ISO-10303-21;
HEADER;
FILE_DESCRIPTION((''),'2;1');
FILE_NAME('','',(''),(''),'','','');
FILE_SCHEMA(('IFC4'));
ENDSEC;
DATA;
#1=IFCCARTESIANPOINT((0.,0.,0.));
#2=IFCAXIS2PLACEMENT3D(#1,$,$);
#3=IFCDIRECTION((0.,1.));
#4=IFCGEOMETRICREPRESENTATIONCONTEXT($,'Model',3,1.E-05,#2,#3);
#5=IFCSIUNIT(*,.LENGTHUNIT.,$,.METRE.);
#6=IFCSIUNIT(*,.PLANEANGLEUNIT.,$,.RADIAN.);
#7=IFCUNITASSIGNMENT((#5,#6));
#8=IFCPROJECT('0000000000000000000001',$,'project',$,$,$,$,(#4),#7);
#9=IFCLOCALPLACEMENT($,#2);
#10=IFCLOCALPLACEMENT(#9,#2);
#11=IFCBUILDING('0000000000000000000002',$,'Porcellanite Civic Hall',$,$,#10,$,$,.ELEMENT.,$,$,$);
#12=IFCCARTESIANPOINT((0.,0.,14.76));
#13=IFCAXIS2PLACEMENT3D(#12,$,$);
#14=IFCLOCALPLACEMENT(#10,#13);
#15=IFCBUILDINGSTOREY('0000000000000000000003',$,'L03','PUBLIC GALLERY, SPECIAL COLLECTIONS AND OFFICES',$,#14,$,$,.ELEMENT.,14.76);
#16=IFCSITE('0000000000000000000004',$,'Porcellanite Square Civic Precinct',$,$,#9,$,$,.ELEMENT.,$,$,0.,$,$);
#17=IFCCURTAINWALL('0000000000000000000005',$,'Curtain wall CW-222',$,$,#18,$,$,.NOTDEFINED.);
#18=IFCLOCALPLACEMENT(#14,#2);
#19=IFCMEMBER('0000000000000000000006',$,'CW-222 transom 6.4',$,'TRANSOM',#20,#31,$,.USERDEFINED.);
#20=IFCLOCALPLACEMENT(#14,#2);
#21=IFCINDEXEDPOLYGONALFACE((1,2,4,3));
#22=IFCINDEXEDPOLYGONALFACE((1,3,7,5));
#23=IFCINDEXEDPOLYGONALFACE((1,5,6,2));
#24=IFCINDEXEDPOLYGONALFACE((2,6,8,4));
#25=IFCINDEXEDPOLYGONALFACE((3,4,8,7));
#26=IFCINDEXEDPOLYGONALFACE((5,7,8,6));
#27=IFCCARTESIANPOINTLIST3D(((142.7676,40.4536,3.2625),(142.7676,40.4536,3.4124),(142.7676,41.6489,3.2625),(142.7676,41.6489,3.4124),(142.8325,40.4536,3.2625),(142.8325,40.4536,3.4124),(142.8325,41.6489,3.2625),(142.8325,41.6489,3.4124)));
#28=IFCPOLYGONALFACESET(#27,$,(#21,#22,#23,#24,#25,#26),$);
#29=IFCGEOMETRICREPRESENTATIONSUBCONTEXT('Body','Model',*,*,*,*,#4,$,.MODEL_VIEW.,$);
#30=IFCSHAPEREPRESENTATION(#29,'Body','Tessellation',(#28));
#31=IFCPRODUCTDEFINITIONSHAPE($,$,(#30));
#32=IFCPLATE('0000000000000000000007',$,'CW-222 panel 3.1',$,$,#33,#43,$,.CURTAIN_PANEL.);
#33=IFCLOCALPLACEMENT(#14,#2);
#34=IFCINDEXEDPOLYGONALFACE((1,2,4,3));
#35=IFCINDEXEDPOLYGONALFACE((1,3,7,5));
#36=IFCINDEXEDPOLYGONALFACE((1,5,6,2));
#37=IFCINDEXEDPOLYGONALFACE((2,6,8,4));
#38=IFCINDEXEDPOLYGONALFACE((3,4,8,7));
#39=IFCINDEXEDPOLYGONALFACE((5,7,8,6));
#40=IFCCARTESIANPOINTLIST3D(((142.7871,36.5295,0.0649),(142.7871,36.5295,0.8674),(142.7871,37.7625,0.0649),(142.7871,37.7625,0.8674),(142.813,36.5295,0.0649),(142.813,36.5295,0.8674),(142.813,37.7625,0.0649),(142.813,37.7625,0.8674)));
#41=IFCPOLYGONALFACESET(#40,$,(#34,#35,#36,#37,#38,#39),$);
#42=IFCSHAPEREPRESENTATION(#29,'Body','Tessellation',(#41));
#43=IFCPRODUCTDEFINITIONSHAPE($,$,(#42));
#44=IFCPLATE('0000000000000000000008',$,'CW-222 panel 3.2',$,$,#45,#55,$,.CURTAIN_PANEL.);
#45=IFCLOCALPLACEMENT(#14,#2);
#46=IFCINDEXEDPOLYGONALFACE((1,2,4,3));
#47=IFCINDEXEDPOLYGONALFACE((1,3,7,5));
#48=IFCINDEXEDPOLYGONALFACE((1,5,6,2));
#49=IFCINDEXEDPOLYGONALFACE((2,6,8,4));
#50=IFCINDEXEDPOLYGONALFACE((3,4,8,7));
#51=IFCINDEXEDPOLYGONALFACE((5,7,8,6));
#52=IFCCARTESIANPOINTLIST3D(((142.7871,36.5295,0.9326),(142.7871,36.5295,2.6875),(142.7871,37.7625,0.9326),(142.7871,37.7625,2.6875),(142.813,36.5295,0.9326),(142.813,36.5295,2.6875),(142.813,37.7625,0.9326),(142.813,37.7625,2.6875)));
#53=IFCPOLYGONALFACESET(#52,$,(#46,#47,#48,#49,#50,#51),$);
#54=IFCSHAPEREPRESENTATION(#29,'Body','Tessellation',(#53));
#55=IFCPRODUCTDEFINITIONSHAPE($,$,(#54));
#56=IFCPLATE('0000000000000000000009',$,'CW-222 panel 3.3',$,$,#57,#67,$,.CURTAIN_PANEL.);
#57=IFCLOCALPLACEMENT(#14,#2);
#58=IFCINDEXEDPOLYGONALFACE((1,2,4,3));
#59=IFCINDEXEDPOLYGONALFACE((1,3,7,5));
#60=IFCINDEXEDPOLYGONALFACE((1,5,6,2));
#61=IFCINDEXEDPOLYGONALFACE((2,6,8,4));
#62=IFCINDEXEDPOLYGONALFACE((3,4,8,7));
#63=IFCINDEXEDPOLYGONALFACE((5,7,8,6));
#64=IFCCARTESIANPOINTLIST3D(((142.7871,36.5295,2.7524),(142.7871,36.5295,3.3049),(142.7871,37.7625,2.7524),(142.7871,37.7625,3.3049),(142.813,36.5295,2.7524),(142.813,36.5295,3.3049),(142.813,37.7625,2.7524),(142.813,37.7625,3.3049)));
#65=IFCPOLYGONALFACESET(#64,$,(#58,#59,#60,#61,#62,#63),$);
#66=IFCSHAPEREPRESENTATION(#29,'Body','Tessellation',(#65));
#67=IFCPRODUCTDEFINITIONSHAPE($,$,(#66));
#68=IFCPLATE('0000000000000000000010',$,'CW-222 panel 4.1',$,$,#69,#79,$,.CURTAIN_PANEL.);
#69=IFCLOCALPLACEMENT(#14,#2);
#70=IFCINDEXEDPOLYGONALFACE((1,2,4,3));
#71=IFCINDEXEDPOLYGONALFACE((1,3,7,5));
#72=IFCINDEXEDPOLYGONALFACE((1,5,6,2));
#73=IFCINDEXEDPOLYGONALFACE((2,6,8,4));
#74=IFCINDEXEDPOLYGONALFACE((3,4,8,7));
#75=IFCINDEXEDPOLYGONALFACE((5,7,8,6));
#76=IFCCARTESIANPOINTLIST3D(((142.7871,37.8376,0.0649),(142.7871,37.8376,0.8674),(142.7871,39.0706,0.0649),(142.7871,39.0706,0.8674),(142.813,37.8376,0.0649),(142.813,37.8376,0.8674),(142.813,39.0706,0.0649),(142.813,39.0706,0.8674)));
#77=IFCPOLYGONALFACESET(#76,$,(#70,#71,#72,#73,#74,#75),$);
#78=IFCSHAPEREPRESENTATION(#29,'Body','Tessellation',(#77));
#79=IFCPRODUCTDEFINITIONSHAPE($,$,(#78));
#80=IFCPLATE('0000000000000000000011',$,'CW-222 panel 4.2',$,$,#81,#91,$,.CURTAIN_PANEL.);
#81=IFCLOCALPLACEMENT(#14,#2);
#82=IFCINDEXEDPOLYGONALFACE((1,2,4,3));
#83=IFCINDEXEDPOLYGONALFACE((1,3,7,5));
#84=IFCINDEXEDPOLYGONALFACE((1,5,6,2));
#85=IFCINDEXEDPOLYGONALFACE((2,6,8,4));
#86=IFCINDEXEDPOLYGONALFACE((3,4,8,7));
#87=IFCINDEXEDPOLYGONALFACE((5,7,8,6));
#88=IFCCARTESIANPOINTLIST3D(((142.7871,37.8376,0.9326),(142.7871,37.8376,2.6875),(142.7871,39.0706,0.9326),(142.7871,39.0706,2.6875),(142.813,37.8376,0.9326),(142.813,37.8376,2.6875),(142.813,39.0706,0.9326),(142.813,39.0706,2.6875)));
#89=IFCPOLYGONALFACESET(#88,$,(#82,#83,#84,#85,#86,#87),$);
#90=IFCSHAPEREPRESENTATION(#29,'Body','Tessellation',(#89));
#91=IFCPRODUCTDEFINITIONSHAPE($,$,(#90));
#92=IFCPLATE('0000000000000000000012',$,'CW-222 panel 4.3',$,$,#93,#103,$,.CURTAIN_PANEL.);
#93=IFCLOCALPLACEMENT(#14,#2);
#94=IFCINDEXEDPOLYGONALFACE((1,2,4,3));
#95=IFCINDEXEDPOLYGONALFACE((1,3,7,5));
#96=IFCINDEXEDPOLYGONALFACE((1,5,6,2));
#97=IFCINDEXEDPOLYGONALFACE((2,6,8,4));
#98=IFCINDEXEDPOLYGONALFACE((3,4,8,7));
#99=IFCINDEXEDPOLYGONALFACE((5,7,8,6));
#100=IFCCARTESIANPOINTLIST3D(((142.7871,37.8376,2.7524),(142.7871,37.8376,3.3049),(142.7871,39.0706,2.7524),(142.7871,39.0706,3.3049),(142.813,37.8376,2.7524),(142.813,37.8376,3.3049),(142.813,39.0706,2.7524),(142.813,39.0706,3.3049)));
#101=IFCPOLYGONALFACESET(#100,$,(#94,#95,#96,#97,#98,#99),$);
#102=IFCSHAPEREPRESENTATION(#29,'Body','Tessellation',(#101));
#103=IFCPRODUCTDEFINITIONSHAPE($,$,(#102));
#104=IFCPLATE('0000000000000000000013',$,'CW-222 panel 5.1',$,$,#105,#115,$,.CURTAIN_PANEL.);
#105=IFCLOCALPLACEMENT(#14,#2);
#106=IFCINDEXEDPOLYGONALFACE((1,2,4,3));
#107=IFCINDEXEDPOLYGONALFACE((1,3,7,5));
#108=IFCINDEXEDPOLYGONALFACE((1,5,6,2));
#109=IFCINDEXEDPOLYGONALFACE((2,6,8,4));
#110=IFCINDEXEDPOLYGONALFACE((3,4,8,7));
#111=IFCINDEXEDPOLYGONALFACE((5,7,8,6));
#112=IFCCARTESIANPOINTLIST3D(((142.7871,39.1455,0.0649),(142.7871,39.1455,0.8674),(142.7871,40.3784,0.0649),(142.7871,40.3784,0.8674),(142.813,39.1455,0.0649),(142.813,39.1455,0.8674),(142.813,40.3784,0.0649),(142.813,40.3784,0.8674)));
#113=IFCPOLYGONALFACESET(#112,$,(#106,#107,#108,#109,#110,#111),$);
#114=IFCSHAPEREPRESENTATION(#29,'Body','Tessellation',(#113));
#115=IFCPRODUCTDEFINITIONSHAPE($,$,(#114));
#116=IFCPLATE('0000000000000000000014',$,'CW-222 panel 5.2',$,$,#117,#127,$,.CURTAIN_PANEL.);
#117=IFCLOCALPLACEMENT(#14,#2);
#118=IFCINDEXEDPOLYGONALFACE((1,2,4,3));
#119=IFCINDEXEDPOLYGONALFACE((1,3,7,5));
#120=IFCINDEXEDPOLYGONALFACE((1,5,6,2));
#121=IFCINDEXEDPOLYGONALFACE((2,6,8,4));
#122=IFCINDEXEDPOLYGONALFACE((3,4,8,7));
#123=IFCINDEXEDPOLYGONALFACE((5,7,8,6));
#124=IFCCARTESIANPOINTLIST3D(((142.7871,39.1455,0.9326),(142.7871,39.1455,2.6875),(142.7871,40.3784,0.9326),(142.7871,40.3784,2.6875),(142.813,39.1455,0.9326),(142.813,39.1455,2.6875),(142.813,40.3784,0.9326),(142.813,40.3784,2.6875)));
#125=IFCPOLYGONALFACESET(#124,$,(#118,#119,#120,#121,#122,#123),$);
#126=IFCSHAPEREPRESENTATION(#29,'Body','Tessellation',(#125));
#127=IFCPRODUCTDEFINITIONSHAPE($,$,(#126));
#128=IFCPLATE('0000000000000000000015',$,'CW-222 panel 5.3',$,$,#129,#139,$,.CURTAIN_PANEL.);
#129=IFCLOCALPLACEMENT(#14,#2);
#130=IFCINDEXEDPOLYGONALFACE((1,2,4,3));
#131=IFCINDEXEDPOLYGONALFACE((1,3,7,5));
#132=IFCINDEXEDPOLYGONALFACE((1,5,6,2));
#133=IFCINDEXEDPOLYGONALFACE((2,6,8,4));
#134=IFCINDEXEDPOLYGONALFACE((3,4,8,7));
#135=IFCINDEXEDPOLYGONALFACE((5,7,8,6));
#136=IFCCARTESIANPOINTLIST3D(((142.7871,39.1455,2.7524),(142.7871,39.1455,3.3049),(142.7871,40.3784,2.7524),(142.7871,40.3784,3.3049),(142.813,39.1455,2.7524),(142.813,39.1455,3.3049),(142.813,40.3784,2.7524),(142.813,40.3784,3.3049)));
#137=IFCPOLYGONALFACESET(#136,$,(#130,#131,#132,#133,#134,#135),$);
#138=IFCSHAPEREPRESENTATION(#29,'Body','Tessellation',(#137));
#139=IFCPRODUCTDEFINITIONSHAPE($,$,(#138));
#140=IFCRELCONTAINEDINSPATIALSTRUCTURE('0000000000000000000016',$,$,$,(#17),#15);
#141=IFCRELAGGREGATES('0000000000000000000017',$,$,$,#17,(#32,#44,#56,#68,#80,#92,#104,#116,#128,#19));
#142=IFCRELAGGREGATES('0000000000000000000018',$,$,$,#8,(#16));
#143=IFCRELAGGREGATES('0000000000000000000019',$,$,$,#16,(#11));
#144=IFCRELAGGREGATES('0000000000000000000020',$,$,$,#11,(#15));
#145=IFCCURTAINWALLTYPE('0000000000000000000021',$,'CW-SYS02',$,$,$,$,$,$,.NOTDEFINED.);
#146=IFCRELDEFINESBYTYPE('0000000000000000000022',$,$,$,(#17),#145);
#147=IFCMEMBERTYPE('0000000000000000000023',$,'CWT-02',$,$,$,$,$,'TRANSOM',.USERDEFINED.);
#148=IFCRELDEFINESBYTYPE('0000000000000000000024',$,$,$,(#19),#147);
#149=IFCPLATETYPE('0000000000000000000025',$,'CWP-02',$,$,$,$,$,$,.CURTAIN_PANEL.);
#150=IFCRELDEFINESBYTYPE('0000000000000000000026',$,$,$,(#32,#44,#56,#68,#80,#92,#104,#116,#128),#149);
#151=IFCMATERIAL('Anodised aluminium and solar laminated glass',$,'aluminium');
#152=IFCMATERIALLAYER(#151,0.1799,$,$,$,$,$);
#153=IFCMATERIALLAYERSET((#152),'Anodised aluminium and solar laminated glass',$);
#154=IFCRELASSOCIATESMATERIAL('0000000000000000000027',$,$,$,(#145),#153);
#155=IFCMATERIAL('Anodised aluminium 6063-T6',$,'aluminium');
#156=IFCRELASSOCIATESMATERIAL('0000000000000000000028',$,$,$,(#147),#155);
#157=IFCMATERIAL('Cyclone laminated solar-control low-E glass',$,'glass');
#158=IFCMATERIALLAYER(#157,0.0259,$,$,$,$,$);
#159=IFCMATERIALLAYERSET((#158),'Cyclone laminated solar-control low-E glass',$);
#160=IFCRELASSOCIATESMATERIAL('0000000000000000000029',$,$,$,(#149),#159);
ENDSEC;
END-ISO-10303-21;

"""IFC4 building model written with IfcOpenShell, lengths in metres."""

from ifc_helpers import new_model, si_unit, direction, frame, origin, origin_2d, place, context, subcontext, project, spatial, rectangle, extrude, material, layer, layer_set, material_profile, profile_set, type_object, element, aggregate, save


model = new_model("IFC4")

# Units and contexts
model_context = context("Model", 3, precision=1e-05, world=origin(), true_north=direction((0.0, 1.0)))
body_context = subcontext(model_context, "Body", "Model", "MODEL_VIEW")
ifc_project = project(units=[si_unit("LENGTHUNIT", "METRE"), si_unit("PLANEANGLEUNIT", "RADIAN")], contexts=[model_context])

# Site, building, storey
site_placement = place(None, origin())
site = spatial("IfcSite", under=ifc_project, at=site_placement, Name="Porcellanite Square Civic Precinct", CompositionType="ELEMENT", RefElevation=0.0)
building_placement = place(site_placement, origin())
building = spatial("IfcBuilding", under=site, at=building_placement, Name="Porcellanite Civic Hall", CompositionType="ELEMENT")
storey_placement = place(building_placement, frame((0.0, 0.0, 14.76)))
storey = spatial("IfcBuildingStorey", under=building, at=storey_placement, Name="L03", Description="PUBLIC GALLERY, SPECIAL COLLECTIONS AND OFFICES", CompositionType="ELEMENT", Elevation=14.76)

# Curtain wall, member, plates
ifc_material_1 = material(Name="Anodised aluminium and solar laminated glass", Category="aluminium")
ifc_layer_1 = layer(ifc_material_1, 0.1799)
ifc_layer_set_1 = layer_set([ifc_layer_1], Name="Anodised aluminium and solar laminated glass")
curtain_wall_type = type_object("IfcCurtainWallType", Name="CW-SYS02", PredefinedType="NOTDEFINED", material=ifc_layer_set_1)
curtain_wall_placement = place(storey_placement, origin())
curtain_wall = element("IfcCurtainWall", 1, at=curtain_wall_placement, inside=storey, type_object=curtain_wall_type, Name="Curtain wall CW-222", PredefinedType="NOTDEFINED")
ifc_material_2 = material(Name="Anodised aluminium 6063-T6", Category="aluminium")
ifc_material_profile_1 = material_profile(ifc_material_2, rectangle(XDim=0.0649, YDim=0.1499, at=origin_2d()), Name="AL-65x150")
ifc_profile_set_1 = profile_set([ifc_material_profile_1], Name="Anodised aluminium 6063-T6")
member_type_1 = type_object("IfcMemberType", Name="CWT-02", ElementType="TRANSOM", PredefinedType="USERDEFINED", material=ifc_profile_set_1)
member_1_placement = place(storey_placement, frame((142.8, 40.4536, 3.3374), z_axis=(0.0, 1.0, 0.0), x_axis=(-1.0, 0.0, 0.0)))
member_1 = element("IfcMember", 2, at=member_1_placement, type_object=member_type_1, Name="CW-222 transom 6.4", ObjectType="TRANSOM", PredefinedType="USERDEFINED", context=body_context, shape_type="SweptSolid", body=[
    extrude(rectangle(XDim=0.0649, YDim=0.1499, at=origin_2d()), origin(), (0.0, 0.0, 1.0), 1.1953),
])
ifc_material_3 = material(Name="Cyclone laminated solar-control low-E glass", Category="glass")
ifc_layer_2 = layer(ifc_material_3, 0.0259)
ifc_layer_set_2 = layer_set([ifc_layer_2], Name="Cyclone laminated solar-control low-E glass")
plate_type = type_object("IfcPlateType", Name="CWP-02", PredefinedType="CURTAIN_PANEL", material=ifc_layer_set_2)
plate_1_placement = place(storey_placement, frame((142.8, 37.146, 0.0649), z_axis=(0.0, 0.0, 1.0), x_axis=(0.0, 1.0, 0.0)))
plate_1 = element("IfcPlate", 3, at=plate_1_placement, type_object=plate_type, Name="CW-222 panel 3.1", PredefinedType="CURTAIN_PANEL", context=body_context, shape_type="SweptSolid", body=[
    extrude(rectangle(XDim=1.2329, YDim=0.0259, at=origin_2d()), origin(), (0.0, 0.0, 1.0), 0.8025),
])
plate_2_placement = place(storey_placement, frame((142.8, 37.146, 0.9326), z_axis=(0.0, 0.0, 1.0), x_axis=(0.0, 1.0, 0.0)))
plate_2 = element("IfcPlate", 4, at=plate_2_placement, type_object=plate_type, Name="CW-222 panel 3.2", PredefinedType="CURTAIN_PANEL", context=body_context, shape_type="SweptSolid", body=[
    extrude(rectangle(XDim=1.2329, YDim=0.0259, at=origin_2d()), origin(), (0.0, 0.0, 1.0), 1.7549),
])
plate_3_placement = place(storey_placement, frame((142.8, 37.146, 2.7524), z_axis=(0.0, 0.0, 1.0), x_axis=(0.0, 1.0, 0.0)))
plate_3 = element("IfcPlate", 5, at=plate_3_placement, type_object=plate_type, Name="CW-222 panel 3.3", PredefinedType="CURTAIN_PANEL", context=body_context, shape_type="SweptSolid", body=[
    extrude(rectangle(XDim=1.2329, YDim=0.0259, at=origin_2d()), origin(), (0.0, 0.0, 1.0), 0.5525),
])
plate_4_placement = place(storey_placement, frame((142.8, 38.4541, 0.0649), z_axis=(0.0, 0.0, 1.0), x_axis=(0.0, 1.0, 0.0)))
plate_4 = element("IfcPlate", 6, at=plate_4_placement, type_object=plate_type, Name="CW-222 panel 4.1", PredefinedType="CURTAIN_PANEL", context=body_context, shape_type="SweptSolid", body=[
    extrude(rectangle(XDim=1.2329, YDim=0.0259, at=origin_2d()), origin(), (0.0, 0.0, 1.0), 0.8025),
])
plate_5_placement = place(storey_placement, frame((142.8, 38.4541, 0.9326), z_axis=(0.0, 0.0, 1.0), x_axis=(0.0, 1.0, 0.0)))
plate_5 = element("IfcPlate", 7, at=plate_5_placement, type_object=plate_type, Name="CW-222 panel 4.2", PredefinedType="CURTAIN_PANEL", context=body_context, shape_type="SweptSolid", body=[
    extrude(rectangle(XDim=1.2329, YDim=0.0259, at=origin_2d()), origin(), (0.0, 0.0, 1.0), 1.7549),
])
plate_6_placement = place(storey_placement, frame((142.8, 38.4541, 2.7524), z_axis=(0.0, 0.0, 1.0), x_axis=(0.0, 1.0, 0.0)))
plate_6 = element("IfcPlate", 8, at=plate_6_placement, type_object=plate_type, Name="CW-222 panel 4.3", PredefinedType="CURTAIN_PANEL", context=body_context, shape_type="SweptSolid", body=[
    extrude(rectangle(XDim=1.2329, YDim=0.0259, at=origin_2d()), origin(), (0.0, 0.0, 1.0), 0.5525),
])
plate_7_placement = place(storey_placement, frame((142.8, 39.762, 0.0649), z_axis=(0.0, 0.0, 1.0), x_axis=(0.0, 1.0, 0.0)))
plate_7 = element("IfcPlate", 9, at=plate_7_placement, type_object=plate_type, Name="CW-222 panel 5.1", PredefinedType="CURTAIN_PANEL", context=body_context, shape_type="SweptSolid", body=[
    extrude(rectangle(XDim=1.2329, YDim=0.0259, at=origin_2d()), origin(), (0.0, 0.0, 1.0), 0.8025),
])
plate_8_placement = place(storey_placement, frame((142.8, 39.762, 0.9326), z_axis=(0.0, 0.0, 1.0), x_axis=(0.0, 1.0, 0.0)))
plate_8 = element("IfcPlate", 10, at=plate_8_placement, type_object=plate_type, Name="CW-222 panel 5.2", PredefinedType="CURTAIN_PANEL", context=body_context, shape_type="SweptSolid", body=[
    extrude(rectangle(XDim=1.2329, YDim=0.0259, at=origin_2d()), origin(), (0.0, 0.0, 1.0), 1.7549),
])
plate_9_placement = place(storey_placement, frame((142.8, 39.762, 2.7524), z_axis=(0.0, 0.0, 1.0), x_axis=(0.0, 1.0, 0.0)))
plate_9 = element("IfcPlate", 11, at=plate_9_placement, type_object=plate_type, Name="CW-222 panel 5.3", PredefinedType="CURTAIN_PANEL", context=body_context, shape_type="SweptSolid", body=[
    extrude(rectangle(XDim=1.2329, YDim=0.0259, at=origin_2d()), origin(), (0.0, 0.0, 1.0), 0.5525),
])
aggregate(curtain_wall, [plate_1, plate_2, plate_3, plate_4, plate_5, plate_6, plate_7, plate_8, plate_9, member_1])

save(model, "model.ifc")
